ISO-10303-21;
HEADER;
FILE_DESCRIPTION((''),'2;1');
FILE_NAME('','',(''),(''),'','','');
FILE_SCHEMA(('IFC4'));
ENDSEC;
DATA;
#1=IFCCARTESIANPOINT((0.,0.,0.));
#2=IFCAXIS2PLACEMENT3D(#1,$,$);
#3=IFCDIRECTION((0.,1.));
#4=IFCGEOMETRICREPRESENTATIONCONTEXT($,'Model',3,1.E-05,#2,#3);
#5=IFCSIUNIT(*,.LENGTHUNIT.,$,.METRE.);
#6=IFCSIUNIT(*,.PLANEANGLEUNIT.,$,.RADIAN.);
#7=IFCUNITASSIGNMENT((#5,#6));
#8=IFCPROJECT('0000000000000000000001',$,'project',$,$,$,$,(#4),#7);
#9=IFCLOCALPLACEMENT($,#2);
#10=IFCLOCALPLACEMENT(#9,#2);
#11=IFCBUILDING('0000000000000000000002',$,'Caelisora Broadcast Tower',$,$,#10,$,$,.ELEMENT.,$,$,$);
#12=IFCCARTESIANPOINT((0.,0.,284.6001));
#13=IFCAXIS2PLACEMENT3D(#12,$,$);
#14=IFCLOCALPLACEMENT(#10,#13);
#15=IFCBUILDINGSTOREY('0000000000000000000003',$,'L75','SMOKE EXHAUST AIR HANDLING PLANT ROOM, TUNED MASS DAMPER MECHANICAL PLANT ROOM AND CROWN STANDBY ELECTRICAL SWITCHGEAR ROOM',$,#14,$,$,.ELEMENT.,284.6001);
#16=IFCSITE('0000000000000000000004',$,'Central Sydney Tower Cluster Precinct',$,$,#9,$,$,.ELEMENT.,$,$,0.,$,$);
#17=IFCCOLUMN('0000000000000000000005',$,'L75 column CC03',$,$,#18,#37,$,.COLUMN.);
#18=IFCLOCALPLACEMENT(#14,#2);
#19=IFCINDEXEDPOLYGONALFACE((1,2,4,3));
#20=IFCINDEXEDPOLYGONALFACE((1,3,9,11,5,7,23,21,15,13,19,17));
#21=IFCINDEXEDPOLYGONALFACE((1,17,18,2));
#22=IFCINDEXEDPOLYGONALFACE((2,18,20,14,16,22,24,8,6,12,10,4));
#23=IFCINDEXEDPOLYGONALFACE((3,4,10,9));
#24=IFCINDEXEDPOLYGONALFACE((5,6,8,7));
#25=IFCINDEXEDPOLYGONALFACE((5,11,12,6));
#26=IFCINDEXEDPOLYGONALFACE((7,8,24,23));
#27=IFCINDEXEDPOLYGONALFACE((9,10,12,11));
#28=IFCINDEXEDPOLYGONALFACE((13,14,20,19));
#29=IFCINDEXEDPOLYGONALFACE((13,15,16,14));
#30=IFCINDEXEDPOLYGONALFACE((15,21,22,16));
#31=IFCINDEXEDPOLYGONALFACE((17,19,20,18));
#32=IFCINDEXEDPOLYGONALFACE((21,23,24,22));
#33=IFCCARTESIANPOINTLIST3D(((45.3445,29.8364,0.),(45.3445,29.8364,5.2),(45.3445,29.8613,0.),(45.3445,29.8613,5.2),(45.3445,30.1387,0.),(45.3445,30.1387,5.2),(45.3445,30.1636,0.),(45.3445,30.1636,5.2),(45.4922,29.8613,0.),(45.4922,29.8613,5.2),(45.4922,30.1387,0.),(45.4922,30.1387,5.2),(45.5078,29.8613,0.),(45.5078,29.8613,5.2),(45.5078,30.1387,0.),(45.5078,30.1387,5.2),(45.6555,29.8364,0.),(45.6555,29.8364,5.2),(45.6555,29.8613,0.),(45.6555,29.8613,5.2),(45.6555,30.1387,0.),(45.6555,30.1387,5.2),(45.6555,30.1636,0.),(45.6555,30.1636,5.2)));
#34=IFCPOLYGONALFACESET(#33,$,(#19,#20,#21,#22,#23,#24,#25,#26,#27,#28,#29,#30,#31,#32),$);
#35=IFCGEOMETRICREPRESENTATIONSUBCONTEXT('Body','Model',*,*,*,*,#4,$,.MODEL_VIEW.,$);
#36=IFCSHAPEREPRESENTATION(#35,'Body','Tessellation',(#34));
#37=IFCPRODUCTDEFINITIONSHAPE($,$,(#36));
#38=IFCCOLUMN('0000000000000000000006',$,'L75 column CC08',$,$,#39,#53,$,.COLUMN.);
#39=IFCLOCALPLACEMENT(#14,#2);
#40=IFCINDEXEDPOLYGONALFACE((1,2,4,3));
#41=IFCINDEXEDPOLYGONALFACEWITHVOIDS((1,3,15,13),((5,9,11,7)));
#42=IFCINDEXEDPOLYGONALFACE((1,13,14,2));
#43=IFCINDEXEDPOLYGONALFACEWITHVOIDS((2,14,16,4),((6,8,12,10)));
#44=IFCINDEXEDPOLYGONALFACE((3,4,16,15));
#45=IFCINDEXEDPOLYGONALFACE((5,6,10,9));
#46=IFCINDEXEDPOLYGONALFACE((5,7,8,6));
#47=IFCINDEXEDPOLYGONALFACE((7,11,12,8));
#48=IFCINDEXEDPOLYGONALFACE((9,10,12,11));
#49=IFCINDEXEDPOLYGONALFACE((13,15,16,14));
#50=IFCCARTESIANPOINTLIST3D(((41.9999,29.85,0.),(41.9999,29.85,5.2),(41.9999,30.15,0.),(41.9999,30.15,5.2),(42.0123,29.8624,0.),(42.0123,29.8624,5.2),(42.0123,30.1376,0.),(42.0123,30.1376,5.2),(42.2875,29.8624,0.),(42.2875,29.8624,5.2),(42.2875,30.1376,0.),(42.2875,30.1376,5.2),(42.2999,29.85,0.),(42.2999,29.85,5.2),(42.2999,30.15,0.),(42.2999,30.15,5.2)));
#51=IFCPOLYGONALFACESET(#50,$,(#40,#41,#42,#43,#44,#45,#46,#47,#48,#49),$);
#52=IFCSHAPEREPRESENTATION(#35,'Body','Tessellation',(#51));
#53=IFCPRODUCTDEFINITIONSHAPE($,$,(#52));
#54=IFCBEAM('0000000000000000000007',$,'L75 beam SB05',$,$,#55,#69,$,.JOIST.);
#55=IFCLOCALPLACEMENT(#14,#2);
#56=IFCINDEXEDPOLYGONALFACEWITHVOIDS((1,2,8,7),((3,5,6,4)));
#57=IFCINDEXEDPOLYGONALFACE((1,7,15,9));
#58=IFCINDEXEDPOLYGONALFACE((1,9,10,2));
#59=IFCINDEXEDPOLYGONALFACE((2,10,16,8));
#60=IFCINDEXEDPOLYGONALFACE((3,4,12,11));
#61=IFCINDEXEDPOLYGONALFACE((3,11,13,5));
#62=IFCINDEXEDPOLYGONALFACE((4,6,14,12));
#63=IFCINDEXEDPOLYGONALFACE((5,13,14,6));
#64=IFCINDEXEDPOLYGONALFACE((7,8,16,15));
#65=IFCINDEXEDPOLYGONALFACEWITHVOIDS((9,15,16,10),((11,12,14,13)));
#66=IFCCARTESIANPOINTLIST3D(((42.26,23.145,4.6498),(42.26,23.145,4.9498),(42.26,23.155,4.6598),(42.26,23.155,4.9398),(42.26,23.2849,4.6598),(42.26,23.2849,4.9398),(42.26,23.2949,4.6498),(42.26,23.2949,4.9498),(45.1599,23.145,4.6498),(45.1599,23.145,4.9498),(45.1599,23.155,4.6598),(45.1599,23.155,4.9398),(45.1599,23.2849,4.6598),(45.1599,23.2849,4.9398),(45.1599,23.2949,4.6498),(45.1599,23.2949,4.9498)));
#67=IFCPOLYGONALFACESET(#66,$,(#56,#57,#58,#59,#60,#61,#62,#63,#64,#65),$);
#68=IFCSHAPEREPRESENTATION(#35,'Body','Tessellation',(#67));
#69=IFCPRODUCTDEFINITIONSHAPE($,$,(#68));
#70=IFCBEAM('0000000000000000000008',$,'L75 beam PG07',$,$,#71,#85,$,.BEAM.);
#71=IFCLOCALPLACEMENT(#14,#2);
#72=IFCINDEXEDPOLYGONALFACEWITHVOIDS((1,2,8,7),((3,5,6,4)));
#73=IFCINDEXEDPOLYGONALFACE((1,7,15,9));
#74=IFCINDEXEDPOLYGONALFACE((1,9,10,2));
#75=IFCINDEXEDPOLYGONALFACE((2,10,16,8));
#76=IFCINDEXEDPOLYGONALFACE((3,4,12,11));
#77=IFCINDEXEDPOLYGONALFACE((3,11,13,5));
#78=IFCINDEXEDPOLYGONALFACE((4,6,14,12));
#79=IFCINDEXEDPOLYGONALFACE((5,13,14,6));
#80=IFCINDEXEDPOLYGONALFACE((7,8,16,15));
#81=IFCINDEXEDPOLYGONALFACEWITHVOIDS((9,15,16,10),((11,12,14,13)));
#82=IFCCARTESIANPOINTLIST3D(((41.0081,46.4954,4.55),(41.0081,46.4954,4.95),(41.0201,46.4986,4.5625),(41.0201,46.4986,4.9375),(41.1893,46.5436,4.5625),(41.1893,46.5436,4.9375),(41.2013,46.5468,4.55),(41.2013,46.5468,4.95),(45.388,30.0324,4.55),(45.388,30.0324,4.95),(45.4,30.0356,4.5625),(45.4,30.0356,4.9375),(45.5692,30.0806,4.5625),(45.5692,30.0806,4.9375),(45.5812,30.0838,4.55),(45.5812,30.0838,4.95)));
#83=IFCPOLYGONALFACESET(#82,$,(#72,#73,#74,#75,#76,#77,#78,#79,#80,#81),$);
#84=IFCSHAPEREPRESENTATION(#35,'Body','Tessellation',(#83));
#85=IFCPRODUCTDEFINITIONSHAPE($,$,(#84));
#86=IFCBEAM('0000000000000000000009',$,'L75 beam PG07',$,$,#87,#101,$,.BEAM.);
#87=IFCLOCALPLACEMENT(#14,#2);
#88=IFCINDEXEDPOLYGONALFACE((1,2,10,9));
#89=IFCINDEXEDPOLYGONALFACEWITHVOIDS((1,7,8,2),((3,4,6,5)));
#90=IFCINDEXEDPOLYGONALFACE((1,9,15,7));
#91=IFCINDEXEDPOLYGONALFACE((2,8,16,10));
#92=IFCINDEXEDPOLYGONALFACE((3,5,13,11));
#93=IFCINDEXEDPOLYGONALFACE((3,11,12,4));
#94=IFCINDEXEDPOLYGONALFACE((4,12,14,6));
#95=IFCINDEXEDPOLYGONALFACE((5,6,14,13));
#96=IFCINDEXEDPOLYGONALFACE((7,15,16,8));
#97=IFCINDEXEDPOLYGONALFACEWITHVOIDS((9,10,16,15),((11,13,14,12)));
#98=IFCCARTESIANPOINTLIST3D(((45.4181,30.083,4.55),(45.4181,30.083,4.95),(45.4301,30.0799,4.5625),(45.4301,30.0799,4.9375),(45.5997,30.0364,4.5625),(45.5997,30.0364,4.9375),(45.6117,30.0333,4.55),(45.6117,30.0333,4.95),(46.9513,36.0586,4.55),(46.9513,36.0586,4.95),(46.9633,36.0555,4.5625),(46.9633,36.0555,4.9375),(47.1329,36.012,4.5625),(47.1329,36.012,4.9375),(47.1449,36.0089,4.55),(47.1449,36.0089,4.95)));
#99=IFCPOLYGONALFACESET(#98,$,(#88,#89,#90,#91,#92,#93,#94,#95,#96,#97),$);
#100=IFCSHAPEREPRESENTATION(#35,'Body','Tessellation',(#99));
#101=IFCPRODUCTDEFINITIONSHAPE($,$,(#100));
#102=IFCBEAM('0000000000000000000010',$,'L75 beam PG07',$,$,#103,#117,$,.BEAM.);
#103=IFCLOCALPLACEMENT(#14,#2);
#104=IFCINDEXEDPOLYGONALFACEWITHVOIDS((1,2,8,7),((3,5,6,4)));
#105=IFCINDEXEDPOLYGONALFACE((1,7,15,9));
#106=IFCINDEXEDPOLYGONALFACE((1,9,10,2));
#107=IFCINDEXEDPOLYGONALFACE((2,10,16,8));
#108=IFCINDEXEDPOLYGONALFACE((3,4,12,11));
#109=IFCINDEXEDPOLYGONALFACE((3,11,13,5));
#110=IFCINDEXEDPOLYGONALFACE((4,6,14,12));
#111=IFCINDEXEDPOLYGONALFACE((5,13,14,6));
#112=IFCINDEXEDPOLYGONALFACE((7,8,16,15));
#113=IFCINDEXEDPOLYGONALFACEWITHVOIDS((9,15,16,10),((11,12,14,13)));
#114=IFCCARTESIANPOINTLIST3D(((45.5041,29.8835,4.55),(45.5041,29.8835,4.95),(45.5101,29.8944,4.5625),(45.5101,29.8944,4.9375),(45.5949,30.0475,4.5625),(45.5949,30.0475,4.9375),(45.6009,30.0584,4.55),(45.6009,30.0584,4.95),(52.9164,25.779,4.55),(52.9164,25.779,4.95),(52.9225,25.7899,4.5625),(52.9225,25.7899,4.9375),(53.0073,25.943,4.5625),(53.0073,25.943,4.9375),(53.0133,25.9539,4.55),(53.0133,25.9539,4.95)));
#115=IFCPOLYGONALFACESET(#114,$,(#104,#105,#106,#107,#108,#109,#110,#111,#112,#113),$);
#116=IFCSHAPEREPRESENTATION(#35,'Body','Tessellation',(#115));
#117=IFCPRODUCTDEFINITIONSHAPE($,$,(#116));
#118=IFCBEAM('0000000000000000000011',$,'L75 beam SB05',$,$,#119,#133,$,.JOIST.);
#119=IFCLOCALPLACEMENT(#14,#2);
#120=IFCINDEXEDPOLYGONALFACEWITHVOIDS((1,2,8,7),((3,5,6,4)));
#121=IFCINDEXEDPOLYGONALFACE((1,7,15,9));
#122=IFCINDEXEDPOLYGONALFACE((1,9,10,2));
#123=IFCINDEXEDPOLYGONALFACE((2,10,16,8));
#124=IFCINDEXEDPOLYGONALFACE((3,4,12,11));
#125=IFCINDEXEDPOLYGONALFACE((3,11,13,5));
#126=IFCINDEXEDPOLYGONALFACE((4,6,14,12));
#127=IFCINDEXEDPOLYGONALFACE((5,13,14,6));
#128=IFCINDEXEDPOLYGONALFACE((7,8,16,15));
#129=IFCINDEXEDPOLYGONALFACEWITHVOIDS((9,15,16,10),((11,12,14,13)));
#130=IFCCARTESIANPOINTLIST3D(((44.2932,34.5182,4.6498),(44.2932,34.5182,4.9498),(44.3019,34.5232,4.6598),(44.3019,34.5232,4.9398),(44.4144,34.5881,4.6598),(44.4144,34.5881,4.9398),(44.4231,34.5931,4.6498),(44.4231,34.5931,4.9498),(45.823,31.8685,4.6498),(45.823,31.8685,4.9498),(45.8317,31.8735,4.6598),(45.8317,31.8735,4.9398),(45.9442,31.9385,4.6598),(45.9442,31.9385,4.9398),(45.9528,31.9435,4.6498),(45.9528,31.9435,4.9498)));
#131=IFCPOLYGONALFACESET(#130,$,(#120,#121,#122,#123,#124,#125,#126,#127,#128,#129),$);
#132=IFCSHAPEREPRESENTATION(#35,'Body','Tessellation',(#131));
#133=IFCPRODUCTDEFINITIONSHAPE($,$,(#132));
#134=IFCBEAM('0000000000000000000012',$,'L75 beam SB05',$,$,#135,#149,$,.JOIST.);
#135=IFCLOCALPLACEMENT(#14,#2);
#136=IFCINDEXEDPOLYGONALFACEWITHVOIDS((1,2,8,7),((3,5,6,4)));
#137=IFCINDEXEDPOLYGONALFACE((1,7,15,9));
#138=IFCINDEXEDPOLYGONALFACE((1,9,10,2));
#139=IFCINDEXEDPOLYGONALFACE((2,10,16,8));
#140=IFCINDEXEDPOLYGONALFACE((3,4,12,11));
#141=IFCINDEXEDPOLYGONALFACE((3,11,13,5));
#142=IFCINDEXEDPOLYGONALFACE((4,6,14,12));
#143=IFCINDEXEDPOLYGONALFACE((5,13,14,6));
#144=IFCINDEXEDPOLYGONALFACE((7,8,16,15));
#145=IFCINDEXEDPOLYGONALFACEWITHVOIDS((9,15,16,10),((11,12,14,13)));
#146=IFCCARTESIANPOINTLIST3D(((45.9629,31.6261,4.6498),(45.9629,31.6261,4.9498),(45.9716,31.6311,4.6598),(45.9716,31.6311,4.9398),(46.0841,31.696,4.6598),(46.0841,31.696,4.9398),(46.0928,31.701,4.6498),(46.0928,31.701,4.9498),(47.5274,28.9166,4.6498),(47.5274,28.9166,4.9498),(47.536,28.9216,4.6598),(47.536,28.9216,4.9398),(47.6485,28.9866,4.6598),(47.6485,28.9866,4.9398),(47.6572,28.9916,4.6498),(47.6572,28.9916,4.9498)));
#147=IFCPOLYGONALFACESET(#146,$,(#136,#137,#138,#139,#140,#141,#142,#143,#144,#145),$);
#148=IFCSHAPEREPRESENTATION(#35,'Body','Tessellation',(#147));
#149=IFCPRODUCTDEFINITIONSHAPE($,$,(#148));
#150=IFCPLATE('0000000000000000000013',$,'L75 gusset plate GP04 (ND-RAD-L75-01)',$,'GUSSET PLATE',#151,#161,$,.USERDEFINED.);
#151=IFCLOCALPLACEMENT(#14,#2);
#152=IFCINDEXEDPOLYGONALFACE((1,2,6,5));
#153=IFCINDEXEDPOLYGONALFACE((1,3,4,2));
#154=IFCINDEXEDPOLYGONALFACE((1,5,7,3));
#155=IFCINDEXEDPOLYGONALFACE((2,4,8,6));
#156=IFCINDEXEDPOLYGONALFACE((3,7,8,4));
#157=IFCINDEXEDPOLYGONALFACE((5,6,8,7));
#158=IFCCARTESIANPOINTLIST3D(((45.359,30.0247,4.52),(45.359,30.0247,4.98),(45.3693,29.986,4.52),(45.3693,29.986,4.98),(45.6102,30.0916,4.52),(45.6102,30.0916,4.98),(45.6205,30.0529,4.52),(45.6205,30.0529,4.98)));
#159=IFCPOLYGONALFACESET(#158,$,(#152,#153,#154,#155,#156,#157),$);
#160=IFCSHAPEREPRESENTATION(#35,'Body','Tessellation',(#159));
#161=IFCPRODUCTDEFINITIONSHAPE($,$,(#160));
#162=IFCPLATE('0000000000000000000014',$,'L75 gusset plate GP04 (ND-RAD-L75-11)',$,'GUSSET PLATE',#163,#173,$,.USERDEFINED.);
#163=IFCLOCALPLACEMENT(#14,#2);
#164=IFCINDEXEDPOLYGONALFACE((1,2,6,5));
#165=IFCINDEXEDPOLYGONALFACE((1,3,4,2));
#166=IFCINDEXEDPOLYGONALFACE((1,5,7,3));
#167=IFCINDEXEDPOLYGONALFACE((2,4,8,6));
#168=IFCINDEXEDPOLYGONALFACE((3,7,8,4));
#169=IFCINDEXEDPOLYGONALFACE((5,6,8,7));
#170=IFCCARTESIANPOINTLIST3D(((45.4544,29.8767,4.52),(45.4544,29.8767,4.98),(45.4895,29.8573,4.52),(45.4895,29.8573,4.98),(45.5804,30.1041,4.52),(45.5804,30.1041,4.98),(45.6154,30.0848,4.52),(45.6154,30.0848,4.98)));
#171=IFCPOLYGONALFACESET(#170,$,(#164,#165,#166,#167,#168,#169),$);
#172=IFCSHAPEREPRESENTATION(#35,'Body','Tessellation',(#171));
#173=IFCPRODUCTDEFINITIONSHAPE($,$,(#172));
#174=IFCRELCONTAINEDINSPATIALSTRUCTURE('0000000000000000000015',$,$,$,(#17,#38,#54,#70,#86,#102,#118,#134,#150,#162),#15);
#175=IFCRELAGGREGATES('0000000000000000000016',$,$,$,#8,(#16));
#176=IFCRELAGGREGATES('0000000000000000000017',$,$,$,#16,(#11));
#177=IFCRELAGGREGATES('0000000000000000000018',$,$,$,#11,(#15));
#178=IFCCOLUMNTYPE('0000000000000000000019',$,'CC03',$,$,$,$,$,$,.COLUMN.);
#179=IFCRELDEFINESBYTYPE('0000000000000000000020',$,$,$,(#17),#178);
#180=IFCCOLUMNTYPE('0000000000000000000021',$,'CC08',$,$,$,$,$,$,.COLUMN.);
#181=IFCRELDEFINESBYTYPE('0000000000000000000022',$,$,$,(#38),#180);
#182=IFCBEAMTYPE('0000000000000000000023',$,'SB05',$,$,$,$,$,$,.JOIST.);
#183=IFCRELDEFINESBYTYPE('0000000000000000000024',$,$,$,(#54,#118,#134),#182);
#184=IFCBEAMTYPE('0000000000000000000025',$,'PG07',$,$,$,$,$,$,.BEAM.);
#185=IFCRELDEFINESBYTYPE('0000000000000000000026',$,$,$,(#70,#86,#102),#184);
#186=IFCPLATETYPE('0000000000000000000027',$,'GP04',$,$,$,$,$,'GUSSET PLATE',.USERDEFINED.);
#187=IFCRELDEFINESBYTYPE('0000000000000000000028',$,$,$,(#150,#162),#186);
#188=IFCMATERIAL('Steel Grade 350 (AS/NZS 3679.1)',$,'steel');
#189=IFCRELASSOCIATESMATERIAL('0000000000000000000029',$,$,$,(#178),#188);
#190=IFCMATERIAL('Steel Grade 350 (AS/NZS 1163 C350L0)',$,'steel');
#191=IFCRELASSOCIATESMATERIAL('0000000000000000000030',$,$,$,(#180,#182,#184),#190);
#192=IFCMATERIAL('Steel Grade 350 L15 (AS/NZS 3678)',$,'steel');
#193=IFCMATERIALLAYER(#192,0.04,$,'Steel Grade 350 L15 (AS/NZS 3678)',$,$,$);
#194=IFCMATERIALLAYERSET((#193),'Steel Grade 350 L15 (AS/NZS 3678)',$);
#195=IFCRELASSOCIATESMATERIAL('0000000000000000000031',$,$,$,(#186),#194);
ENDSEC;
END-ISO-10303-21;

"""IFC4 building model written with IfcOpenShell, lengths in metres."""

from ifc_helpers import new_model, si_unit, direction, frame, origin, origin_2d, place, context, subcontext, project, spatial, rectangle, hollow_rectangle, i_section, extrude, source, transform, mapped, material, layer, layer_set, material_profile, profile_set, type_object, type_shapes, element, save


model = new_model("IFC4")

# Units and contexts
model_context = context("Model", 3, precision=1e-05, world=origin(), true_north=direction((0.0, 1.0)))
body_context = subcontext(model_context, "Body", "Model", "MODEL_VIEW")
ifc_project = project(units=[si_unit("LENGTHUNIT", "METRE"), si_unit("PLANEANGLEUNIT", "RADIAN")], contexts=[model_context])

# Site, building, storey
site_placement = place(None, origin())
site = spatial("IfcSite", under=ifc_project, at=site_placement, Name="Central Sydney Tower Cluster Precinct", CompositionType="ELEMENT", RefElevation=0.0)
building_placement = place(site_placement, origin())
building = spatial("IfcBuilding", under=site, at=building_placement, Name="Caelisora Broadcast Tower", CompositionType="ELEMENT")
storey_placement = place(building_placement, frame((0.0, 0.0, 284.6001)))
storey = spatial("IfcBuildingStorey", under=building, at=storey_placement, Name="L75", Description="SMOKE EXHAUST AIR HANDLING PLANT ROOM, TUNED MASS DAMPER MECHANICAL PLANT ROOM AND CROWN STANDBY ELECTRICAL SWITCHGEAR ROOM", CompositionType="ELEMENT", Elevation=284.6001)

# Columns
ifc_material_1 = material(Name="Steel Grade 350 (AS/NZS 3679.1)", Category="steel")
ifc_material_profile_1 = material_profile(ifc_material_1, i_section(OverallWidth=0.311, OverallDepth=0.3271, WebThickness=0.0156, FlangeThickness=0.0249, at=origin_2d()), Name="Steel Grade 350 (AS/NZS 3679.1)")
ifc_profile_set_1 = profile_set([ifc_material_profile_1], Name="Steel Grade 350 (AS/NZS 3679.1)")
column_type_1 = type_object("IfcColumnType", Name="CC03", PredefinedType="COLUMN", material=ifc_profile_set_1)
shared_shape_1 = source(origin(), body_context, "Body", "SweptSolid", [
    extrude(i_section(OverallWidth=0.311, OverallDepth=0.3271, WebThickness=0.0156, FlangeThickness=0.0249, at=origin_2d()), origin(), (0.0, 0.0, 1.0), 5.2),
])
type_shapes(column_type_1, [shared_shape_1])
column_1_placement = place(storey_placement, frame((45.5, 30.0, 0.0), z_axis=(0.0, 0.0, 1.0), x_axis=(1.0, 0.0, 0.0)))
element("IfcColumn", 1, at=column_1_placement, inside=storey, type_object=column_type_1, Name="L75 column CC03", PredefinedType="COLUMN", context=body_context, shape_type="MappedRepresentation", body=[
    mapped(shared_shape_1, transform((0.0, 0.0, 0.0), scale=1.0)),
])
ifc_material_2 = material(Name="Steel Grade 350 (AS/NZS 1163 C350L0)", Category="steel")
ifc_material_profile_2 = material_profile(ifc_material_2, hollow_rectangle(XDim=0.3, YDim=0.3, WallThickness=0.0125, at=origin_2d()), Name="Steel Grade 350 (AS/NZS 1163 C350L0)")
ifc_profile_set_2 = profile_set([ifc_material_profile_2], Name="Steel Grade 350 (AS/NZS 1163 C350L0)")
column_type_2 = type_object("IfcColumnType", Name="CC08", PredefinedType="COLUMN", material=ifc_profile_set_2)
shared_shape_2 = source(origin(), body_context, "Body", "SweptSolid", [
    extrude(hollow_rectangle(XDim=0.3, YDim=0.3, WallThickness=0.0125, at=origin_2d()), origin(), (0.0, 0.0, 1.0), 5.2),
])
type_shapes(column_type_2, [shared_shape_2])
column_2_placement = place(storey_placement, frame((42.1499, 30.0, 0.0), z_axis=(0.0, 0.0, 1.0), x_axis=(1.0, 0.0, 0.0)))
element("IfcColumn", 2, at=column_2_placement, inside=storey, type_object=column_type_2, Name="L75 column CC08", PredefinedType="COLUMN", context=body_context, shape_type="MappedRepresentation", body=[
    mapped(shared_shape_2, transform((0.0, 0.0, 0.0), scale=1.0)),
])

# Beams
ifc_material_profile_3 = material_profile(ifc_material_2, hollow_rectangle(XDim=0.1499, YDim=0.3, WallThickness=0.01, at=origin_2d()), Name="Steel Grade 350 (AS/NZS 1163 C350L0)")
ifc_profile_set_3 = profile_set([ifc_material_profile_3], Name="Steel Grade 350 (AS/NZS 1163 C350L0)")
beam_type_1 = type_object("IfcBeamType", Name="SB05", PredefinedType="JOIST", material=ifc_profile_set_3)
shared_shape_3 = source(origin(), body_context, "Body", "SweptSolid", [
    extrude(hollow_rectangle(XDim=0.1499, YDim=0.3, WallThickness=0.01, at=origin_2d()), origin(), (0.0, 0.0, 1.0), 2.8999),
])
beam_1_placement = place(storey_placement, frame((42.26, 23.22, 4.7998), z_axis=(1.0, 0.0, 0.0), x_axis=(0.0, 1.0, 0.0)))
element("IfcBeam", 3, at=beam_1_placement, inside=storey, type_object=beam_type_1, Name="L75 beam SB05", PredefinedType="JOIST", context=body_context, shape_type="MappedRepresentation", body=[
    mapped(shared_shape_3, transform((0.0, 0.0, 0.0), scale=1.0)),
])
ifc_material_profile_4 = material_profile(ifc_material_2, hollow_rectangle(XDim=0.2, YDim=0.3999, WallThickness=0.0125, at=origin_2d()), Name="Steel Grade 350 (AS/NZS 1163 C350L0)")
ifc_profile_set_4 = profile_set([ifc_material_profile_4], Name="Steel Grade 350 (AS/NZS 1163 C350L0)")
beam_type_2 = type_object("IfcBeamType", Name="PG07", PredefinedType="BEAM", material=ifc_profile_set_4)
shared_shape_4 = source(origin(), body_context, "Body", "SweptSolid", [
    extrude(hollow_rectangle(XDim=0.2, YDim=0.3999, WallThickness=0.0125, at=origin_2d()), origin(), (0.0, 0.0, 1.0), 17.0356),
])
beam_2_placement = place(storey_placement, frame((45.4846, 30.0581, 4.75), z_axis=(-0.257102, 0.966384, 0.0), x_axis=(-0.966384, -0.257102, 0.0)))
element("IfcBeam", 4, at=beam_2_placement, inside=storey, type_object=beam_type_2, Name="L75 beam PG07", PredefinedType="BEAM", context=body_context, shape_type="MappedRepresentation", body=[
    mapped(shared_shape_4, transform((0.0, 0.0, 0.0), scale=1.0)),
])
shared_shape_5 = source(origin(), body_context, "Body", "SweptSolid", [
    extrude(hollow_rectangle(XDim=0.2, YDim=0.3999, WallThickness=0.0125, at=origin_2d()), origin(), (0.0, 0.0, 1.0), 6.1692),
])
beam_3_placement = place(storey_placement, frame((45.5149, 30.0581, 4.75), z_axis=(0.248528, 0.968625, 0.0), x_axis=(-0.968625, 0.248528, 0.0)))
element("IfcBeam", 5, at=beam_3_placement, inside=storey, type_object=beam_type_2, Name="L75 beam PG07", PredefinedType="BEAM", context=body_context, shape_type="MappedRepresentation", body=[
    mapped(shared_shape_5, transform((0.0, 0.0, 0.0), scale=1.0)),
])
shared_shape_6 = source(origin(), body_context, "Body", "SweptSolid", [
    extrude(hollow_rectangle(XDim=0.2, YDim=0.3999, WallThickness=0.0125, at=origin_2d()), origin(), (0.0, 0.0, 1.0), 8.4729),
])
type_shapes(beam_type_2, [shared_shape_4, shared_shape_5, shared_shape_6])
beam_4_placement = place(storey_placement, frame((45.5525, 29.9709, 4.75), z_axis=(0.874832, -0.484427, 0.0), x_axis=(0.484427, 0.874832, 0.0)))
element("IfcBeam", 6, at=beam_4_placement, inside=storey, type_object=beam_type_2, Name="L75 beam PG07", PredefinedType="BEAM", context=body_context, shape_type="MappedRepresentation", body=[
    mapped(shared_shape_6, transform((0.0, 0.0, 0.0), scale=1.0)),
])
shared_shape_7 = source(origin(), body_context, "Body", "SweptSolid", [
    extrude(hollow_rectangle(XDim=0.1499, YDim=0.3, WallThickness=0.01, at=origin_2d()), origin(), (0.0, 0.0, 1.0), 3.0596),
])
beam_5_placement = place(storey_placement, frame((45.8879, 31.906, 4.7998), z_axis=(-0.500001, 0.866025, 0.0), x_axis=(-0.866025, -0.500001, 0.0)))
element("IfcBeam", 7, at=beam_5_placement, inside=storey, type_object=beam_type_1, Name="L75 beam SB05", PredefinedType="JOIST", context=body_context, shape_type="MappedRepresentation", body=[
    mapped(shared_shape_7, transform((0.0, 0.0, 0.0), scale=1.0)),
])
shared_shape_8 = source(origin(), body_context, "Body", "SweptSolid", [
    extrude(hollow_rectangle(XDim=0.1499, YDim=0.3, WallThickness=0.01, at=origin_2d()), origin(), (0.0, 0.0, 1.0), 3.1287),
])
type_shapes(beam_type_1, [shared_shape_3, shared_shape_7, shared_shape_8])
beam_6_placement = place(storey_placement, frame((47.5923, 28.9541, 4.7998), z_axis=(-0.500033, 0.866006, 0.0), x_axis=(-0.866006, -0.500033, 0.0)))
element("IfcBeam", 8, at=beam_6_placement, inside=storey, type_object=beam_type_1, Name="L75 beam SB05", PredefinedType="JOIST", context=body_context, shape_type="MappedRepresentation", body=[
    mapped(shared_shape_8, transform((0.0, 0.0, 0.0), scale=1.0)),
])

# Plates
ifc_material_3 = material(Name="Steel Grade 350 L15 (AS/NZS 3678)", Category="steel")
ifc_layer_1 = layer(ifc_material_3, 0.04, Name="Steel Grade 350 L15 (AS/NZS 3678)")
ifc_layer_set_1 = layer_set([ifc_layer_1], Name="Steel Grade 350 L15 (AS/NZS 3678)")
plate_type = type_object("IfcPlateType", Name="GP04", ElementType="GUSSET PLATE", PredefinedType="USERDEFINED", material=ifc_layer_set_1)
shared_shape_9 = source(origin(), body_context, "Body", "SweptSolid", [
    extrude(rectangle(XDim=0.26, YDim=0.04, at=origin_2d()), origin(), (0.0, 0.0, 1.0), 0.46),
])
for number, where, z_axis, x_axis, name in (
    (9, (45.4897, 30.0388, 4.52), (0.0, 0.0, 1.0), (-0.966376, -0.257133, 0.0), "L75 gusset plate GP04 (ND-RAD-L75-01)"),
    (10, (45.5349, 29.9807, 4.52), (0.0, 0.0, 1.0), (0.484352, 0.874873, 0.0), "L75 gusset plate GP04 (ND-RAD-L75-11)"),
):
    element("IfcPlate", number, at=place(storey_placement, frame(where, z_axis=z_axis, x_axis=x_axis)), inside=storey, type_object=plate_type, Name=name, ObjectType="GUSSET PLATE", PredefinedType="USERDEFINED", context=body_context, shape_type="MappedRepresentation", body=[
        mapped(shared_shape_9, transform((0.0, 0.0, 0.0), scale=1.0)),
    ])

save(model, "model.ifc")
